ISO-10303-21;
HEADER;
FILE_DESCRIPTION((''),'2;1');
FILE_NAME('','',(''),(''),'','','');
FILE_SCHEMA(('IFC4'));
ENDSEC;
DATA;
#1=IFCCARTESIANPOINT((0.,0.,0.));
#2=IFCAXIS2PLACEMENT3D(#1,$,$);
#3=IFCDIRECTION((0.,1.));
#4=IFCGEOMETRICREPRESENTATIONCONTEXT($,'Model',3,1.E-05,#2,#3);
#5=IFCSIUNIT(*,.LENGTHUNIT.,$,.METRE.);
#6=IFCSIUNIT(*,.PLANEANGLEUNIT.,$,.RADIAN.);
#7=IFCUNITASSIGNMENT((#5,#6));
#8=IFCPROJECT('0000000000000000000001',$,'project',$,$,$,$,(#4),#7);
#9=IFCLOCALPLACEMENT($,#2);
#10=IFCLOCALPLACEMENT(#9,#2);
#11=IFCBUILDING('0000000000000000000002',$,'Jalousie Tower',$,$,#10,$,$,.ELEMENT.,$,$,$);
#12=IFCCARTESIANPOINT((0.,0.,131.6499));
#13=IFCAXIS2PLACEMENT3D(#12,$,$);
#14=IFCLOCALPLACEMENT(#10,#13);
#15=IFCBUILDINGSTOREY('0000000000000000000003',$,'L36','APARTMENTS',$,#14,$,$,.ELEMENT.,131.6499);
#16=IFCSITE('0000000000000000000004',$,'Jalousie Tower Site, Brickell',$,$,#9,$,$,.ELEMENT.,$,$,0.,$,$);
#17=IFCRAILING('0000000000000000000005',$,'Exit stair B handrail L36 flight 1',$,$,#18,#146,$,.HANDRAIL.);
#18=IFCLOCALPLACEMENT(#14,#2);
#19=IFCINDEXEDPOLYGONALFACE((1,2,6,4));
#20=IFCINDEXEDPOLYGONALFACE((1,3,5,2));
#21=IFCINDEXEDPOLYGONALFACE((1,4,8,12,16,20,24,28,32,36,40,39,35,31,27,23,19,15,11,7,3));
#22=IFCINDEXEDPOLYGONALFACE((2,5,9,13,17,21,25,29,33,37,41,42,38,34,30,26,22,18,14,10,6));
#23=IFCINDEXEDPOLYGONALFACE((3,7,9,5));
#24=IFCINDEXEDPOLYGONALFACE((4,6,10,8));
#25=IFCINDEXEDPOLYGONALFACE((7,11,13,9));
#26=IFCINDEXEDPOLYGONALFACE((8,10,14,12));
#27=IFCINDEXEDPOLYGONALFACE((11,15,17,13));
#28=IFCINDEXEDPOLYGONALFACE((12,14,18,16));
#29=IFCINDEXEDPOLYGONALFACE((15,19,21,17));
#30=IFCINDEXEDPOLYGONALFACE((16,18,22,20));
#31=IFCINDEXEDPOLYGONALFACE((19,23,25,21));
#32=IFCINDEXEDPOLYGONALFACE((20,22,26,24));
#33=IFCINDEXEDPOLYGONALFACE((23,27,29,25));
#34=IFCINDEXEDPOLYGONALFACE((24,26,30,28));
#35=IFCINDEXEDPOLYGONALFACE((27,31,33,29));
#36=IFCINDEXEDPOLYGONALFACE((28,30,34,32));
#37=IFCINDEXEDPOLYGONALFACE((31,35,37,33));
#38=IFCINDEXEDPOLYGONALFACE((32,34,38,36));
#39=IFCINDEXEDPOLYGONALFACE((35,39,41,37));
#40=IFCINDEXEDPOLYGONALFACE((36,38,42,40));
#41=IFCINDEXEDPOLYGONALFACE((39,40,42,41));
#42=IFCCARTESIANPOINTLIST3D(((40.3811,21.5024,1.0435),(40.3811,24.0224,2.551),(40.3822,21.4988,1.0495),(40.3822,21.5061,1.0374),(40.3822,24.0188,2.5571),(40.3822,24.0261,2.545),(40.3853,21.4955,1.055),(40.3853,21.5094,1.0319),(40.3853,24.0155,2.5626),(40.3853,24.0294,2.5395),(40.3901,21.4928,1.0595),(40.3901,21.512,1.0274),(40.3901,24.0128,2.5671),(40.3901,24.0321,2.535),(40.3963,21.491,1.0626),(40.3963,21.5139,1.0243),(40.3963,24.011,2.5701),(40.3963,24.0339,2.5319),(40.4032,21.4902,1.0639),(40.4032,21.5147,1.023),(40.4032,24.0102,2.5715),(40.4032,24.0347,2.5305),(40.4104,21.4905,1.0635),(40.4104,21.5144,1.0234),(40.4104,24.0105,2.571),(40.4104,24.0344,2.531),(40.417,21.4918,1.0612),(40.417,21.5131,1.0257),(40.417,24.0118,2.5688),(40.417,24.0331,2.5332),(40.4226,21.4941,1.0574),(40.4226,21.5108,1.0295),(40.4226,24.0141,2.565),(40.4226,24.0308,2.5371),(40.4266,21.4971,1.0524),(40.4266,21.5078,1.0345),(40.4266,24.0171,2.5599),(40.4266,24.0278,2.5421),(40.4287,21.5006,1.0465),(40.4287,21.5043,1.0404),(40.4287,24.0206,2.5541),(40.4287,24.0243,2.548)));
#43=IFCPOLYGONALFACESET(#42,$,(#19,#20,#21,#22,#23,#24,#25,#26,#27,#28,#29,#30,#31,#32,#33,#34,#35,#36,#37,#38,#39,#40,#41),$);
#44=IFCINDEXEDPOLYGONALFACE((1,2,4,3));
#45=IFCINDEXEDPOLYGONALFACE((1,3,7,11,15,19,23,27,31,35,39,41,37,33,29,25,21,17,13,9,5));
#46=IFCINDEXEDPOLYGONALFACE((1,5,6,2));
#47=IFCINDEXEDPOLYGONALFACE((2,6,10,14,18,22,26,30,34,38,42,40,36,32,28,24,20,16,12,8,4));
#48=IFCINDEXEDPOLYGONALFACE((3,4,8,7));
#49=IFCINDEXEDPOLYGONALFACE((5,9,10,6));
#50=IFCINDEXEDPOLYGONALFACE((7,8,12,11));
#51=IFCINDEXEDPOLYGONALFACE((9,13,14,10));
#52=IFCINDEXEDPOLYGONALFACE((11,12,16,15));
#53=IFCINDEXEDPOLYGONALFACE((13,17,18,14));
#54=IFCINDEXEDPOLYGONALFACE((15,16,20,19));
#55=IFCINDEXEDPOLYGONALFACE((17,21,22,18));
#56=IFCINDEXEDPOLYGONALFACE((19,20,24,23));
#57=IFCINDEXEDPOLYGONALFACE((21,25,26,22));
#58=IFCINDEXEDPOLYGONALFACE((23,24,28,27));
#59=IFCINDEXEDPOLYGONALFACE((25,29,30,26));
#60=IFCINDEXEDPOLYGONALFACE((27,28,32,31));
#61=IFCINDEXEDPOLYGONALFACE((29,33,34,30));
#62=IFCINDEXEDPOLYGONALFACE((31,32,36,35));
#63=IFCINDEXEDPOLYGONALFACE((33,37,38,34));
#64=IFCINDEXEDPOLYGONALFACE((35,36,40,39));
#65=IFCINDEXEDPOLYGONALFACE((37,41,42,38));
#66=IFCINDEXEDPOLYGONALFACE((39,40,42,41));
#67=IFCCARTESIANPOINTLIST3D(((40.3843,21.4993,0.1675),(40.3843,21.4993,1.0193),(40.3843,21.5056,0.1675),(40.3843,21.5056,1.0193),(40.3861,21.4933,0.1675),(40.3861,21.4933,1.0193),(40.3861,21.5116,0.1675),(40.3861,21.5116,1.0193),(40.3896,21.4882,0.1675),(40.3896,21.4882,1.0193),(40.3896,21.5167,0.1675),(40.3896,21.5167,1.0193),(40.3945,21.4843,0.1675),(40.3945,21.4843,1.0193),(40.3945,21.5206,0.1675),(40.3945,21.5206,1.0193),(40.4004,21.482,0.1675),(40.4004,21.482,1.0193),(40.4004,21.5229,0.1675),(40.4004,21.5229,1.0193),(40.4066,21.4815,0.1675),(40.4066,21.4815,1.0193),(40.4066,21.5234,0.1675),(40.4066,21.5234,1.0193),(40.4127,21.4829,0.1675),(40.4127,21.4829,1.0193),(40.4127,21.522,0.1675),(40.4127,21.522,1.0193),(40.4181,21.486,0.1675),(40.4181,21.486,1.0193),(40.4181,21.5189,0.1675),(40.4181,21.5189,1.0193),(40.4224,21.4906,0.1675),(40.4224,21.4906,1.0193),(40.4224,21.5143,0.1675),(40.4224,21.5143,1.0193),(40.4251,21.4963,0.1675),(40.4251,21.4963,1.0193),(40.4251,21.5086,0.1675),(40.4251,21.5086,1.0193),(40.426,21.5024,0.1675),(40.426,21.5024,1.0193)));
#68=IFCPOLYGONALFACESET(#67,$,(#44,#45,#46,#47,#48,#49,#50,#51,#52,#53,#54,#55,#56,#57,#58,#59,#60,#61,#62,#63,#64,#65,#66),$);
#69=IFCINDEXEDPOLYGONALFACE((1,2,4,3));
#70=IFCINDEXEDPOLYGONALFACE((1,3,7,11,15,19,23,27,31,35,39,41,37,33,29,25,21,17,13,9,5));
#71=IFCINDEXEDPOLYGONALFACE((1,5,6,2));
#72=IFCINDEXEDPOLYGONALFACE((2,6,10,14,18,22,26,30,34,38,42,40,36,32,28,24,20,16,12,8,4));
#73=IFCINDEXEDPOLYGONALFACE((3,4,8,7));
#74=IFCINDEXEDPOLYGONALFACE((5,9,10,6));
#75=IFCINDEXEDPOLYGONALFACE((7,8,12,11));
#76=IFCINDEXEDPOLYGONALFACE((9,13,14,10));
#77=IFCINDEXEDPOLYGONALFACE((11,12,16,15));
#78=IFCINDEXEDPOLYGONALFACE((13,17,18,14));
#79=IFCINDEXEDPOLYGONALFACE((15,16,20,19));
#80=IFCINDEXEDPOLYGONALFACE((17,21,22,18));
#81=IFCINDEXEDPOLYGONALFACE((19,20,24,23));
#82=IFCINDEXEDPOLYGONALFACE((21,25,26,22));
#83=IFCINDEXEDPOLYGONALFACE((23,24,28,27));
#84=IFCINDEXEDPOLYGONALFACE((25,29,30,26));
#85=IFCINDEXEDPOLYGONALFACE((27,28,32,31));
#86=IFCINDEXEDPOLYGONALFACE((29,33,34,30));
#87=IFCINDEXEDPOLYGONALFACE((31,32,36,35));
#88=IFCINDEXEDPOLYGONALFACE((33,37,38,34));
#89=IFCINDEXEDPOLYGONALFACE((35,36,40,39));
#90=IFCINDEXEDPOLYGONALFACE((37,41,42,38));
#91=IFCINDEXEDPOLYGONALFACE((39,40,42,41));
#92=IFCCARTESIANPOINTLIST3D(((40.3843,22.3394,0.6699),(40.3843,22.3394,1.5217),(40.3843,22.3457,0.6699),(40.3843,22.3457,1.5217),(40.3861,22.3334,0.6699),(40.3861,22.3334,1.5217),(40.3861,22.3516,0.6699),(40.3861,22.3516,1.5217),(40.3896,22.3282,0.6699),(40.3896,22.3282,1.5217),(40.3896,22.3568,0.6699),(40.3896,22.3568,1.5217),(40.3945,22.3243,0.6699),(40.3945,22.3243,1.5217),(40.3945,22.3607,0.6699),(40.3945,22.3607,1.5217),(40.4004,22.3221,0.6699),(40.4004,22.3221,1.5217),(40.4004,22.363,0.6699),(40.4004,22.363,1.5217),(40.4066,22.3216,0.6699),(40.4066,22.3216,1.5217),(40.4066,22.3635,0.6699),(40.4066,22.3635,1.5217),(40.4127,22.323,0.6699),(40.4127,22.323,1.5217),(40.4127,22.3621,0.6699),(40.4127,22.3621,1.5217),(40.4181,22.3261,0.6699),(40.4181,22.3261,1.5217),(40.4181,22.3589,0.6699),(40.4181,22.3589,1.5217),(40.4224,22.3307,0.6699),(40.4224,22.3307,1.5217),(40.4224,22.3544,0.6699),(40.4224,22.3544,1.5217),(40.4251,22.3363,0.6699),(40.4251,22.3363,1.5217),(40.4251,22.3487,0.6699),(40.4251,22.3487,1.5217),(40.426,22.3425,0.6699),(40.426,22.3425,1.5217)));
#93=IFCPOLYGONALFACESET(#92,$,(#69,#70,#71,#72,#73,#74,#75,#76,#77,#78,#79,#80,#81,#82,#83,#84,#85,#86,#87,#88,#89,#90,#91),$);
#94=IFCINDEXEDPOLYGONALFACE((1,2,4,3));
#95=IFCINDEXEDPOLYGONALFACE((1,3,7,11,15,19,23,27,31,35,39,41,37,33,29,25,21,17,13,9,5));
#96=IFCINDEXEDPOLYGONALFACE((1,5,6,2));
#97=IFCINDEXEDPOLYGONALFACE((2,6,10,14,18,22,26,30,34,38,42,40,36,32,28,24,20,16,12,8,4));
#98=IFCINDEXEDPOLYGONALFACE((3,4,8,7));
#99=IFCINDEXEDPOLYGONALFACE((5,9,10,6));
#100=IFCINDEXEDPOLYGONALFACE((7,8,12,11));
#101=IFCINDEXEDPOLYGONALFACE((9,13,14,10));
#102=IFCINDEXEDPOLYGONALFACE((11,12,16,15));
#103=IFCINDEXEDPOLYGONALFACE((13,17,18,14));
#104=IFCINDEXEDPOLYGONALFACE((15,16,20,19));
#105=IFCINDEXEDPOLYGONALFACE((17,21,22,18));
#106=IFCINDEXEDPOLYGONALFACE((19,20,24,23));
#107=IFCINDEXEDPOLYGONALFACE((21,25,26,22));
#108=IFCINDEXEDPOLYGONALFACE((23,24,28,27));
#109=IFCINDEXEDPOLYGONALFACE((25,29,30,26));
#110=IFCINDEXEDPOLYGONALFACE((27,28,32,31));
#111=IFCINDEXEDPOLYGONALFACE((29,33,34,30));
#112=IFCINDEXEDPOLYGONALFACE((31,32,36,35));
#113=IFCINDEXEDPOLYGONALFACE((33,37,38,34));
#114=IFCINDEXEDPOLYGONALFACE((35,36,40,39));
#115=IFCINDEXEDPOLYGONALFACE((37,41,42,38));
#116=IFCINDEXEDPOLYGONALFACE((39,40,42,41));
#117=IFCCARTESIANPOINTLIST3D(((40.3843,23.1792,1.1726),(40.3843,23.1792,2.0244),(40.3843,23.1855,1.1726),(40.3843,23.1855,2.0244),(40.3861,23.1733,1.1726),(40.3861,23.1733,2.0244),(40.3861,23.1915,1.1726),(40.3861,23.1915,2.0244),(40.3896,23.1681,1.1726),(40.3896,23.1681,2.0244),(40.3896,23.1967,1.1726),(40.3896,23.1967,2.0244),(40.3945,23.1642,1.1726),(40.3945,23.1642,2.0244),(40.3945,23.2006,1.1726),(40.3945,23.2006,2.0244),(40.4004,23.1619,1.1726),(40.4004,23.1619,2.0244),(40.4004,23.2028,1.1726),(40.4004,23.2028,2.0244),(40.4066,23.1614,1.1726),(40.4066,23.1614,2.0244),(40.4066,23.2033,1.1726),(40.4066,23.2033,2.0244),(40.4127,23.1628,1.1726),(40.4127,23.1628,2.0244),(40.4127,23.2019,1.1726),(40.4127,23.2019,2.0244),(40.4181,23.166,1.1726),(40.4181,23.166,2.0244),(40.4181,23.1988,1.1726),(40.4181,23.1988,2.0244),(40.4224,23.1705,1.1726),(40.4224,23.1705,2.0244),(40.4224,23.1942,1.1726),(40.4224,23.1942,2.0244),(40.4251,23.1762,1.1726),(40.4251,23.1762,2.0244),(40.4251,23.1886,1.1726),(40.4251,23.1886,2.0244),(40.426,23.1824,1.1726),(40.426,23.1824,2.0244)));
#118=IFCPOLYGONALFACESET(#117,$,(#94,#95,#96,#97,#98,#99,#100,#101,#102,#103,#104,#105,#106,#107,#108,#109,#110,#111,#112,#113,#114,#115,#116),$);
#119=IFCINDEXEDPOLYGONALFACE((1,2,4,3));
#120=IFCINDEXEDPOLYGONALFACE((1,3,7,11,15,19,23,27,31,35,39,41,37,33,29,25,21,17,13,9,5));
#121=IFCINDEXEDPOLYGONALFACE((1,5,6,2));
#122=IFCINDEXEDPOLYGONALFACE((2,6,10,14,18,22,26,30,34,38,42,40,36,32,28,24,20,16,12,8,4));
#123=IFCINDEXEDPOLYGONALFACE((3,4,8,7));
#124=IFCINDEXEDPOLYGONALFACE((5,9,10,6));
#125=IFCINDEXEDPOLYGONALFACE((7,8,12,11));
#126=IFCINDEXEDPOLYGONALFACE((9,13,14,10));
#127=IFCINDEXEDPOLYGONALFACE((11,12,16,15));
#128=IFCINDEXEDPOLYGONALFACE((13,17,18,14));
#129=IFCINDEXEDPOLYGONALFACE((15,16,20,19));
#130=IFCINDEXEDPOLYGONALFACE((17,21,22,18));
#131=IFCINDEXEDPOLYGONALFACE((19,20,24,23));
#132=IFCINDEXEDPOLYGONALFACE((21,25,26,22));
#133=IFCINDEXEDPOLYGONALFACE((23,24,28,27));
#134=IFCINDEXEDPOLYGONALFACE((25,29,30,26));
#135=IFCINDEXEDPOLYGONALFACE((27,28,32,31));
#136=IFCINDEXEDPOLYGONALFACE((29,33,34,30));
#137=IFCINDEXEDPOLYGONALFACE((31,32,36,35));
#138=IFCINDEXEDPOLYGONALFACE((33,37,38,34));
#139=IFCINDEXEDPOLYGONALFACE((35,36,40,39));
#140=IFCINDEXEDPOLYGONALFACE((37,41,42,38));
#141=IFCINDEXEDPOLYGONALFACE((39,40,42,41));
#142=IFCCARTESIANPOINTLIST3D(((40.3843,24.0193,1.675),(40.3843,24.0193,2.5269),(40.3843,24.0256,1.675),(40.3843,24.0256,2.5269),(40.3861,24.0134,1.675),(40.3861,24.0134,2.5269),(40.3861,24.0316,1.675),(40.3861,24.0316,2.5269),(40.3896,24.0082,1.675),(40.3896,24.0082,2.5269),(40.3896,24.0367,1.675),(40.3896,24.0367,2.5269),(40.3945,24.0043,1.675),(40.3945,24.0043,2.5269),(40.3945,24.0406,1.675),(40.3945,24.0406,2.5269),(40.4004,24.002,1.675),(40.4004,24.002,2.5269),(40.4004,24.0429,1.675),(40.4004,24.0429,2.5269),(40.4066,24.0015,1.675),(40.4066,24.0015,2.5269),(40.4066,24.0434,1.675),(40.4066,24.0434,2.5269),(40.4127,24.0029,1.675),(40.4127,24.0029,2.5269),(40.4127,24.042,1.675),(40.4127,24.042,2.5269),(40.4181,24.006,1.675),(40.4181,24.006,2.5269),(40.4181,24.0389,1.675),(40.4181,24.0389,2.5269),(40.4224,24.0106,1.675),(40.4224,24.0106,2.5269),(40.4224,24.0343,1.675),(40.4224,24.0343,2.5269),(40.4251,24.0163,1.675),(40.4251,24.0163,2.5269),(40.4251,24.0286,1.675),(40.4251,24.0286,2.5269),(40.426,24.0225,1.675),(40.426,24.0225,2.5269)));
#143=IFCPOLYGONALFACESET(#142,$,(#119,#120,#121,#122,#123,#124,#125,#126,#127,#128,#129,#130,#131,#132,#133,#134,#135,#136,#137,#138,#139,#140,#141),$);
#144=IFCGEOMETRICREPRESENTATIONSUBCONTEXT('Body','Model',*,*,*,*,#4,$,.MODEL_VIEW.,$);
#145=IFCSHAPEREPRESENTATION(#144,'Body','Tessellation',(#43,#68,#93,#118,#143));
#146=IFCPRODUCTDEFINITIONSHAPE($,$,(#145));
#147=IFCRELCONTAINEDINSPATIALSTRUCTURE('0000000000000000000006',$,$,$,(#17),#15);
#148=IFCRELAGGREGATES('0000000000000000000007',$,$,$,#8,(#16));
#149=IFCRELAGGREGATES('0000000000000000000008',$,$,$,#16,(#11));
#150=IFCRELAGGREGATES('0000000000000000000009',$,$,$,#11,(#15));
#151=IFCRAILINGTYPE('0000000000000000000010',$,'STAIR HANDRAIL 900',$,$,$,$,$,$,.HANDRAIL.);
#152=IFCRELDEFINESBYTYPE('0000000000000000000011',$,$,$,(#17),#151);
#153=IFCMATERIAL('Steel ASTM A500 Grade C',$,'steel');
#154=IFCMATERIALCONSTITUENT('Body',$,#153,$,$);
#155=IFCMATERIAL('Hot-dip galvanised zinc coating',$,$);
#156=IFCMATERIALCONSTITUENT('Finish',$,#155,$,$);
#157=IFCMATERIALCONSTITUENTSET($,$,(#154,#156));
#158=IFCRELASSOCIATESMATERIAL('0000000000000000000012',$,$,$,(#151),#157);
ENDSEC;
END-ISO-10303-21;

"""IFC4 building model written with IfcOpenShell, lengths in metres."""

from ifc_helpers import new_model, si_unit, direction, frame, origin, origin_2d, place, context, subcontext, project, spatial, circle, extrude, material, constituent, constituent_set, type_object, element, save


model = new_model("IFC4")

# Units and contexts
model_context = context("Model", 3, precision=1e-05, world=origin(), true_north=direction((0.0, 1.0)))
body_context = subcontext(model_context, "Body", "Model", "MODEL_VIEW")
ifc_project = project(units=[si_unit("LENGTHUNIT", "METRE"), si_unit("PLANEANGLEUNIT", "RADIAN")], contexts=[model_context])

# Site, building, storey
site_placement = place(None, origin())
site = spatial("IfcSite", under=ifc_project, at=site_placement, Name="Jalousie Tower Site, Brickell", CompositionType="ELEMENT", RefElevation=0.0)
building_placement = place(site_placement, origin())
building = spatial("IfcBuilding", under=site, at=building_placement, Name="Jalousie Tower", CompositionType="ELEMENT")
storey_placement = place(building_placement, frame((0.0, 0.0, 131.6499)))
storey = spatial("IfcBuildingStorey", under=building, at=storey_placement, Name="L36", Description="APARTMENTS", CompositionType="ELEMENT", Elevation=131.6499)

# Railing
ifc_material_1 = material(Name="Steel ASTM A500 Grade C", Category="steel")
ifc_constituent_1 = constituent(ifc_material_1, Name="Body")
ifc_material_2 = material(Name="Hot-dip galvanised zinc coating")
ifc_constituent_2 = constituent(ifc_material_2, Name="Finish")
ifc_constituent_set_1 = constituent_set(constituents=[ifc_constituent_1, ifc_constituent_2])
railing_type_1 = type_object("IfcRailingType", Name="STAIR HANDRAIL 900", PredefinedType="HANDRAIL", material=ifc_constituent_set_1)
railing_1_placement = place(storey_placement, frame((40.405, 21.5024, 0.1675)))
element("IfcRailing", 1, at=railing_1_placement, inside=storey, type_object=railing_type_1, Name="Exit stair B handrail L36 flight 1", PredefinedType="HANDRAIL", context=body_context, shape_type="SweptSolid", body=[
    extrude(circle(Radius=0.0239, at=origin_2d()), frame((0.0, 0.0, 0.876), z_axis=(0.0, 0.85816, 0.513383), x_axis=(-1.0, 0.0, 0.0)), (0.0, 0.0, 1.0), 2.9365),
    extrude(circle(Radius=0.021, at=origin_2d()), origin(), (0.0, 0.0, 1.0), 0.8518),
    extrude(circle(Radius=0.021, at=origin_2d()), frame((0.0, 0.8401, 0.5024)), (0.0, 0.0, 1.0), 0.8518),
    extrude(circle(Radius=0.021, at=origin_2d()), frame((0.0, 1.6799, 1.0051)), (0.0, 0.0, 1.0), 0.8518),
    extrude(circle(Radius=0.021, at=origin_2d()), frame((0.0, 2.52, 1.5076)), (0.0, 0.0, 1.0), 0.8518),
])

save(model, "model.ifc")
